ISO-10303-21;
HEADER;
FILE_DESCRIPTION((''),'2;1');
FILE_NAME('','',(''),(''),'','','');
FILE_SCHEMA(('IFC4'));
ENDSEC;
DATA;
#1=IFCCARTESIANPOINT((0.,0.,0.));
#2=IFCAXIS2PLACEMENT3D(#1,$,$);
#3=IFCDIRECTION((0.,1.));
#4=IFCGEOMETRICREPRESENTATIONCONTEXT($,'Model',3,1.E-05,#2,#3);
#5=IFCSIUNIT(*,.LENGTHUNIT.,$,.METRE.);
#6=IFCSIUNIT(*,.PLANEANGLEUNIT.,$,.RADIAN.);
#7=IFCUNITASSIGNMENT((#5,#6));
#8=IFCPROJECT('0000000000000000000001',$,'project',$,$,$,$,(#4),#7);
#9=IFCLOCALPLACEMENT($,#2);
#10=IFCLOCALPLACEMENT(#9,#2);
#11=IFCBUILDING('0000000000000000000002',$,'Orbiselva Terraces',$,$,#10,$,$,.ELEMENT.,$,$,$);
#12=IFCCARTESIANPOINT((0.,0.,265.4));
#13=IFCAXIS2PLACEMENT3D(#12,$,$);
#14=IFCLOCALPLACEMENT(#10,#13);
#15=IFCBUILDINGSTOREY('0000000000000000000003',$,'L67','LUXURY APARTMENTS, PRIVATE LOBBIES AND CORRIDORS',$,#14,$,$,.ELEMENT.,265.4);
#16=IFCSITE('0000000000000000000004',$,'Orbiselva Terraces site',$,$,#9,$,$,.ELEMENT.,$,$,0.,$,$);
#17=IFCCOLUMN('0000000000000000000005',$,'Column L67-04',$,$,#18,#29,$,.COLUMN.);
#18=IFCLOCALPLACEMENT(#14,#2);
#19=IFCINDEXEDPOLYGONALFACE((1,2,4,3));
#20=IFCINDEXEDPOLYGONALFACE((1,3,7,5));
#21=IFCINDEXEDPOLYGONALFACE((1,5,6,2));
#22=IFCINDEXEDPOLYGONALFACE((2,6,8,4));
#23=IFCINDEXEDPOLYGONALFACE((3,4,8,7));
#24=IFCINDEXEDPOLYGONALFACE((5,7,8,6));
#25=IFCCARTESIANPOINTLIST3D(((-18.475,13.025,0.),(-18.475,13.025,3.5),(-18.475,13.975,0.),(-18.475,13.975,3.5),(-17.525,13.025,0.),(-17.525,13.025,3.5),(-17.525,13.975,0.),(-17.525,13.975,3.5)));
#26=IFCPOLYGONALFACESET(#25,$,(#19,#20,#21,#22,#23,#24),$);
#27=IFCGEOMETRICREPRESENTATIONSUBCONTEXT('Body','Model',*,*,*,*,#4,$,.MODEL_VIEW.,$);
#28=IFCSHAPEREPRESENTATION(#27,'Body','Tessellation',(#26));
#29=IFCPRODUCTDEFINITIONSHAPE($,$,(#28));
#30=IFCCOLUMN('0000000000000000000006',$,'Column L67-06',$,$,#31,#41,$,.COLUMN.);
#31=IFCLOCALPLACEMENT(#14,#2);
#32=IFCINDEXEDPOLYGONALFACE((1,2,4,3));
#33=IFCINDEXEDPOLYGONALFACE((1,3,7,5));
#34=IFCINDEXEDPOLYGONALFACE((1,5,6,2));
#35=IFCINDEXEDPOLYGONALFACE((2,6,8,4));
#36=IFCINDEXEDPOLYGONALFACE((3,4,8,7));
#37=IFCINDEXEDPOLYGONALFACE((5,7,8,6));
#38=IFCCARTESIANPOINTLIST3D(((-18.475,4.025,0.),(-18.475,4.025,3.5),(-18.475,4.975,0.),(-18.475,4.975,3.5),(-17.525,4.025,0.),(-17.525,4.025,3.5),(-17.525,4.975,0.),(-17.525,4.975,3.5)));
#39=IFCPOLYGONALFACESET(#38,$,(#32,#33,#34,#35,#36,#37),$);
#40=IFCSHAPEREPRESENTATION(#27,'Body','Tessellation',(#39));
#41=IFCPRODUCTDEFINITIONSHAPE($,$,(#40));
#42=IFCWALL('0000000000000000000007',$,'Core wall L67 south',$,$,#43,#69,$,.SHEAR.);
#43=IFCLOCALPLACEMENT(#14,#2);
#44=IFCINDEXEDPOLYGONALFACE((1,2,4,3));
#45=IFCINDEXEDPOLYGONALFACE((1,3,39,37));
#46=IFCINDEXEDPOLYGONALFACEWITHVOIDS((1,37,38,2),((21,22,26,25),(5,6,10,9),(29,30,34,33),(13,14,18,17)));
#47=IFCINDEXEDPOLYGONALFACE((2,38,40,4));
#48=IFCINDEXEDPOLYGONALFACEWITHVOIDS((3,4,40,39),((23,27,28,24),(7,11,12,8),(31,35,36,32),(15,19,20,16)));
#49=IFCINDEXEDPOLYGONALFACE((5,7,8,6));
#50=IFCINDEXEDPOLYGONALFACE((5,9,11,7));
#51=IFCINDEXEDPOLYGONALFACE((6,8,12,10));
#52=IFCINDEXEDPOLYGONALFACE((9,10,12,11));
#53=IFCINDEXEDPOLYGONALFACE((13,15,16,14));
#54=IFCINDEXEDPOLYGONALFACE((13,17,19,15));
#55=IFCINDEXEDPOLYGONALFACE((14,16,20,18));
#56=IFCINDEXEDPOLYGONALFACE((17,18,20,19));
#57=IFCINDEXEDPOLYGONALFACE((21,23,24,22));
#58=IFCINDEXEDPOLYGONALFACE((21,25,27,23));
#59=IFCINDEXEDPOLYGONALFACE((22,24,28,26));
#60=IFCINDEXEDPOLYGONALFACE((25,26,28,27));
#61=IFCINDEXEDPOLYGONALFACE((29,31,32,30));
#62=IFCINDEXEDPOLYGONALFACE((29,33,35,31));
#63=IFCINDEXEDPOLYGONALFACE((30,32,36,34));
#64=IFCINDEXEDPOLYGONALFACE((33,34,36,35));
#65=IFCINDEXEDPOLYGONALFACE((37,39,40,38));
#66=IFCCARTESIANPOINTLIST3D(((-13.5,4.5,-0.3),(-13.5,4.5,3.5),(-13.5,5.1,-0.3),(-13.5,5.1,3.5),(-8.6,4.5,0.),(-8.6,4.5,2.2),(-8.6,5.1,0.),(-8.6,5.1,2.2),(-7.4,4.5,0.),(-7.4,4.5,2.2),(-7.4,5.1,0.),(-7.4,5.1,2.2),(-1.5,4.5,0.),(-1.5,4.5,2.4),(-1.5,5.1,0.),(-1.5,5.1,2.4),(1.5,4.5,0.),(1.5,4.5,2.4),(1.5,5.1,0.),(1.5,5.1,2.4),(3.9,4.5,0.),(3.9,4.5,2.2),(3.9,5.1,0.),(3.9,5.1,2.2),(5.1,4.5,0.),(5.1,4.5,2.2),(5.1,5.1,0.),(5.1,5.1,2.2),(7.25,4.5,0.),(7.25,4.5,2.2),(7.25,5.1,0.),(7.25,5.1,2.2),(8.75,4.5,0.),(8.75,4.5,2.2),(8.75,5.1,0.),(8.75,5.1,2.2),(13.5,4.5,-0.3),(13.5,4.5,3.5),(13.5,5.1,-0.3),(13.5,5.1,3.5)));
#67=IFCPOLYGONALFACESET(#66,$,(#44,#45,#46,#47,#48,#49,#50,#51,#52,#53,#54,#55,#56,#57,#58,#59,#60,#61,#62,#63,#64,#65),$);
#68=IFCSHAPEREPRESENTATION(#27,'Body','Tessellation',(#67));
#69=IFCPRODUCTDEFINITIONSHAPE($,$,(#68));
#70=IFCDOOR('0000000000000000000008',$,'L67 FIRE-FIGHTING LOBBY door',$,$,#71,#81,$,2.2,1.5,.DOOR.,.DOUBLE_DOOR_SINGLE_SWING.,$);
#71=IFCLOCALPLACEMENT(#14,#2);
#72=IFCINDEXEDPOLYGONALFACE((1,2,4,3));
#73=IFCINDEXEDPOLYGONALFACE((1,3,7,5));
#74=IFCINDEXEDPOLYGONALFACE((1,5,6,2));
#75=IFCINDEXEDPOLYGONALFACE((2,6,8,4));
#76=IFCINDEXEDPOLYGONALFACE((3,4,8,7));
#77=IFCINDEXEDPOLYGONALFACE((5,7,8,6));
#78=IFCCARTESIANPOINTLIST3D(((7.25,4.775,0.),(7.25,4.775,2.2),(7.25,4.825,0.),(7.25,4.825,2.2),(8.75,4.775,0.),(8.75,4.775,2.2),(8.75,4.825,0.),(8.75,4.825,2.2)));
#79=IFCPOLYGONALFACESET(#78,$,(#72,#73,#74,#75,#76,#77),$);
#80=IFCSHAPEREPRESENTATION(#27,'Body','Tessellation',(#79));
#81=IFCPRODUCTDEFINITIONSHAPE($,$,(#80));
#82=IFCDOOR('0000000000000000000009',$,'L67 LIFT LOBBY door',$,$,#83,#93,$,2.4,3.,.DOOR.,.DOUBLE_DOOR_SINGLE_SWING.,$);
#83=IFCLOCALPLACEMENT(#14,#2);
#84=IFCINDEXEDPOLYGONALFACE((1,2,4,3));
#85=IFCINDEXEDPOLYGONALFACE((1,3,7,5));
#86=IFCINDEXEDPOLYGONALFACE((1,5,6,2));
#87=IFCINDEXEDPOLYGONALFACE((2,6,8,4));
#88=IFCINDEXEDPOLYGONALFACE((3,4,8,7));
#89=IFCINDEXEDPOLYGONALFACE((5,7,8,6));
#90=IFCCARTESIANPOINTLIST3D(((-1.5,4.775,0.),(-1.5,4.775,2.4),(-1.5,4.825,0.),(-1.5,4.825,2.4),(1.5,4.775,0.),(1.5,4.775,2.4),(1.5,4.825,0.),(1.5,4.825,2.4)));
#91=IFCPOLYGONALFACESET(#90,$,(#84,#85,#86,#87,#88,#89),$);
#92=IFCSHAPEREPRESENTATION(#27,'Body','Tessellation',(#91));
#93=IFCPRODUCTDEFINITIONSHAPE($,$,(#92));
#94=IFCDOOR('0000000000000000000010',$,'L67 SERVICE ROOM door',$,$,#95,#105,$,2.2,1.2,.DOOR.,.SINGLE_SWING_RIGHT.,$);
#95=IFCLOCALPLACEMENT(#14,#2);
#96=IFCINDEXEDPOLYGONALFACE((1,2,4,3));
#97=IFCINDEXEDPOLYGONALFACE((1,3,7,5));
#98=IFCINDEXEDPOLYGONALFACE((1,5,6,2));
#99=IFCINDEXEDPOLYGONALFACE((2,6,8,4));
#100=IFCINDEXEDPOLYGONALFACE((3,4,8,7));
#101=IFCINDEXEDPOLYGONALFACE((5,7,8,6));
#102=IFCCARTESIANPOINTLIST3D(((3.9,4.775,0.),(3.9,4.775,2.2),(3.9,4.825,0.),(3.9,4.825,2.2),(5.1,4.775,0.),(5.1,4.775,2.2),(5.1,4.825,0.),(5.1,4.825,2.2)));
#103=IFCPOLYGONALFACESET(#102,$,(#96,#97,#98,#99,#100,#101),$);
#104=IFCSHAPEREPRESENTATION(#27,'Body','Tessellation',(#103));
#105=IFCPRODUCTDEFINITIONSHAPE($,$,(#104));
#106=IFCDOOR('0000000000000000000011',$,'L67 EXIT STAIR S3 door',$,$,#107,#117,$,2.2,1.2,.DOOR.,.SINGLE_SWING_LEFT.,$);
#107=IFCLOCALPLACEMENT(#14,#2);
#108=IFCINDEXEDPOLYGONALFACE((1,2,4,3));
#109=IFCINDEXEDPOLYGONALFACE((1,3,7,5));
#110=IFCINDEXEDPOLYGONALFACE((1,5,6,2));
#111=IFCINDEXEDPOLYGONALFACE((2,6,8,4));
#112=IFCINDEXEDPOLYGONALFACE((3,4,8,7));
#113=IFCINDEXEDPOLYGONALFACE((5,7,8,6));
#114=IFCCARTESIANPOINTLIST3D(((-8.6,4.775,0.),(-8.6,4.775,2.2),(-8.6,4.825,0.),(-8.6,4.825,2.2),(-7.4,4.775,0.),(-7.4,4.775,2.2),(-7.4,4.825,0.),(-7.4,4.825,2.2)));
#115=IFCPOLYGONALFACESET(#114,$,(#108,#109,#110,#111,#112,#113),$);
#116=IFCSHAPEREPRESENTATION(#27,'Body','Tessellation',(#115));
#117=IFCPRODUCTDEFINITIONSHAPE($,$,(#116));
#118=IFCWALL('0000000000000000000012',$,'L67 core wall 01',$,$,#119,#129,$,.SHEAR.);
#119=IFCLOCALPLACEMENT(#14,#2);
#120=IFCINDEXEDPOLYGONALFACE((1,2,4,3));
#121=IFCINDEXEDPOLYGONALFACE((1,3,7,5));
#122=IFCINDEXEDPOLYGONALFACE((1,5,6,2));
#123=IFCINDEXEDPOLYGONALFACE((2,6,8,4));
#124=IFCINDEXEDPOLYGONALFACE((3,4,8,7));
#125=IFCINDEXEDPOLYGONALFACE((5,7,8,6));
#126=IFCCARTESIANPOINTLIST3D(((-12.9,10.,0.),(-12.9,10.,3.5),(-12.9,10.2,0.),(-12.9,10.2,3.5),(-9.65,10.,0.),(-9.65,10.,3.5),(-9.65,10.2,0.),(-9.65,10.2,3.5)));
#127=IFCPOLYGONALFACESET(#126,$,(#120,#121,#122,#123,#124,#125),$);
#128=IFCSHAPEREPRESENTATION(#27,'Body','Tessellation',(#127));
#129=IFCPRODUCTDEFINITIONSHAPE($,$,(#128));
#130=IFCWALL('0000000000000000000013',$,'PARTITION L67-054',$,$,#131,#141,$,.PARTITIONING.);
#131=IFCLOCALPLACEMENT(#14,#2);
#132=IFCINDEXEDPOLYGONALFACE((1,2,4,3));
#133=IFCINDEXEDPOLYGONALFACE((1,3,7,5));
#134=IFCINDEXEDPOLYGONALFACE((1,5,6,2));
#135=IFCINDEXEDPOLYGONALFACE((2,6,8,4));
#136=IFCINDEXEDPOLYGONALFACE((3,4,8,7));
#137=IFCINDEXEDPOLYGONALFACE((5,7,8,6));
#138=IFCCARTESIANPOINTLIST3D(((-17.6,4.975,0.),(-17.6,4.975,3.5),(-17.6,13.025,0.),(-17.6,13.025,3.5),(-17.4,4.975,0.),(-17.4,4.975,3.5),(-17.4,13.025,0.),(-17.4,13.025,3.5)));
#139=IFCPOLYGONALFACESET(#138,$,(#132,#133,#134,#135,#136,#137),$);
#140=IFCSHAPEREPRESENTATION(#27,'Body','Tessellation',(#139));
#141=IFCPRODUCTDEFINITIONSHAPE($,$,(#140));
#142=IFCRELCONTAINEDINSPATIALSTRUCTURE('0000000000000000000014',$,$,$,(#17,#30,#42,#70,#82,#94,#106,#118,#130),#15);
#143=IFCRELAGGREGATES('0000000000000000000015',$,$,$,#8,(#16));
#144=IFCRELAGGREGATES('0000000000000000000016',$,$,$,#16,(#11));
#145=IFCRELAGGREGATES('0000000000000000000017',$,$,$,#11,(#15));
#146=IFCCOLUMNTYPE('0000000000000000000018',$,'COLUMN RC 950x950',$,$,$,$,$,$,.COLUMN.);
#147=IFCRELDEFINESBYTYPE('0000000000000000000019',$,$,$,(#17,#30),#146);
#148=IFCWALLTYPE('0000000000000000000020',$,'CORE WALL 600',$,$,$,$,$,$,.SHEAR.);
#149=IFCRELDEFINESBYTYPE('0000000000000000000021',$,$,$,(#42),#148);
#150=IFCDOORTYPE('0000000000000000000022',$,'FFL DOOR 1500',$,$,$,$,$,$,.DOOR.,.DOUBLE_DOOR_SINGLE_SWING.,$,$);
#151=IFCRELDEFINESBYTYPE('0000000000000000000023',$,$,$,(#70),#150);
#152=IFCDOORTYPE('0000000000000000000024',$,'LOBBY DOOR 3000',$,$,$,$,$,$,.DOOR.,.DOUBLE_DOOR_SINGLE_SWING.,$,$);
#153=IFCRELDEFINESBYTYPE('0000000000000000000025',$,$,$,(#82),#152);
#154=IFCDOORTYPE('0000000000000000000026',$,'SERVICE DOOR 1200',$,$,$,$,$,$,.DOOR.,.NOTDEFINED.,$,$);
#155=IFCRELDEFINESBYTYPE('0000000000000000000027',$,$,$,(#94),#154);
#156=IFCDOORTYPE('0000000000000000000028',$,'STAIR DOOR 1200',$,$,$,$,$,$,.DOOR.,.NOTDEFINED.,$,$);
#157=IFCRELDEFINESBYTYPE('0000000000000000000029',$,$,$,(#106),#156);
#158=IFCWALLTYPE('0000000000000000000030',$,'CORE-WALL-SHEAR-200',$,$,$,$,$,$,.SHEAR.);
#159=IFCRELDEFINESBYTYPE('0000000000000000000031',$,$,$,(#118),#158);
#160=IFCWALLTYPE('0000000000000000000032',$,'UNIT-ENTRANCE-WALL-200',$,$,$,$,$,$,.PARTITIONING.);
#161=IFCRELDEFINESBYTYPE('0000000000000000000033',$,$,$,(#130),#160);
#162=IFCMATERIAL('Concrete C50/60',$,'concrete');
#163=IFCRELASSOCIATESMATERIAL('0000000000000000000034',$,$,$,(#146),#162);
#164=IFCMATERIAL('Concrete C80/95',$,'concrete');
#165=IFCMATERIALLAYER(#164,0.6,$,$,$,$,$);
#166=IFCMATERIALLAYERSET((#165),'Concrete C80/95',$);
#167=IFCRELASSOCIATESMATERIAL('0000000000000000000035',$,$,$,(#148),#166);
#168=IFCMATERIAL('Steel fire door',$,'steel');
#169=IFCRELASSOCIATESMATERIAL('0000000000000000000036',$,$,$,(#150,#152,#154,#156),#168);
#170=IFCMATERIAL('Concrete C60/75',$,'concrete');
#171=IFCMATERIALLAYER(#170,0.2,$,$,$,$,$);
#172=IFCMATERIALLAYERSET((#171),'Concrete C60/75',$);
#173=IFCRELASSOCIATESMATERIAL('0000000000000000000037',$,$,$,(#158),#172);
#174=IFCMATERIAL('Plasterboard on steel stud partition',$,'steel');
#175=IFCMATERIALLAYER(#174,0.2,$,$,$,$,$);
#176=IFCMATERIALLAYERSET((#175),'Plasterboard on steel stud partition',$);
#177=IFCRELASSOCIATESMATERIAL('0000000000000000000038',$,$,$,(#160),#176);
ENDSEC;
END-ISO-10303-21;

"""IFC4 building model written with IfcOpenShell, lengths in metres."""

from ifc_helpers import new_model, si_unit, direction, frame, frame_2d, origin, origin_2d, place, context, subcontext, project, spatial, rectangle, extrude, material, layer, layer_set, material_profile, profile_set, type_object, element, fill, save


model = new_model("IFC4")

# Units and contexts
model_context = context("Model", 3, precision=1e-05, world=origin(), true_north=direction((0.0, 1.0)))
body_context = subcontext(model_context, "Body", "Model", "MODEL_VIEW")
ifc_project = project(units=[si_unit("LENGTHUNIT", "METRE"), si_unit("PLANEANGLEUNIT", "RADIAN")], contexts=[model_context])

# Site, building, storey
site_placement = place(None, origin())
site = spatial("IfcSite", under=ifc_project, at=site_placement, Name="Orbiselva Terraces site", CompositionType="ELEMENT", RefElevation=0.0)
building_placement = place(site_placement, origin())
building = spatial("IfcBuilding", under=site, at=building_placement, Name="Orbiselva Terraces", CompositionType="ELEMENT")
storey_placement = place(building_placement, frame((0.0, 0.0, 265.4)))
storey = spatial("IfcBuildingStorey", under=building, at=storey_placement, Name="L67", Description="LUXURY APARTMENTS, PRIVATE LOBBIES AND CORRIDORS", CompositionType="ELEMENT", Elevation=265.4)

# Columns
ifc_material_1 = material(Name="Concrete C50/60", Category="concrete")
ifc_material_profile = material_profile(ifc_material_1, rectangle(XDim=0.95, YDim=0.95, at=origin_2d()), Name="RC 950x950")
ifc_profile_set = profile_set([ifc_material_profile], Name="Concrete C50/60")
column_type = type_object("IfcColumnType", Name="COLUMN RC 950x950", PredefinedType="COLUMN", material=ifc_profile_set)
for number, where, z_axis, x_axis, name in (
    (1, (-18.0, 13.5, 0.0), (0.0, 0.0, 1.0), (1.0, 0.0, 0.0), "Column L67-04"),
    (2, (-18.0, 4.5, 0.0), (0.0, 0.0, 1.0), (1.0, 0.0, 0.0), "Column L67-06"),
):
    element("IfcColumn", number, at=place(storey_placement, frame(where, z_axis=z_axis, x_axis=x_axis)), inside=storey, type_object=column_type, Name=name, PredefinedType="COLUMN", context=body_context, shape_type="SweptSolid", body=[
        extrude(rectangle(XDim=0.95, YDim=0.95, at=origin_2d()), origin(), (0.0, 0.0, 1.0), 3.5),
    ])

# Wall, openings, doors
ifc_material_2 = material(Name="Concrete C80/95", Category="concrete")
ifc_layer_1 = layer(ifc_material_2, 0.6)
ifc_layer_set_1 = layer_set([ifc_layer_1], Name="Concrete C80/95")
wall_type_1 = type_object("IfcWallType", Name="CORE WALL 600", PredefinedType="SHEAR", material=ifc_layer_set_1)
wall_1_placement = place(storey_placement, frame((-13.5, 4.8, -0.3), z_axis=(0.0, 0.0, 1.0), x_axis=(1.0, 0.0, 0.0)))
wall_1 = element("IfcWall", 3, at=wall_1_placement, inside=storey, type_object=wall_type_1, Name="Core wall L67 south", PredefinedType="SHEAR", context=body_context, shape_type="SweptSolid", body=[
    extrude(rectangle(XDim=27.0, YDim=0.6, at=frame_2d((13.5, 0.0))), origin(), (0.0, 0.0, 1.0), 3.8),
])
opening_1_placement = place(wall_1_placement, frame((12.0, 0.0, 0.3)))
opening_1 = element("IfcOpeningElement", 4, at=opening_1_placement, cuts=wall_1, PredefinedType="OPENING", context=body_context, shape_type="SweptSolid", body=[
    extrude(rectangle(XDim=3.0, YDim=2.4, at=frame_2d((1.5, 1.2))), frame((0.0, 0.31, 0.0), z_axis=(0.0, -1.0, 0.0), x_axis=(1.0, 0.0, 0.0)), (0.0, 0.0, 1.0), 0.62),
])
opening_2_placement = place(wall_1_placement, frame((4.9, 0.0, 0.3)))
opening_2 = element("IfcOpeningElement", 5, at=opening_2_placement, cuts=wall_1, PredefinedType="OPENING", context=body_context, shape_type="SweptSolid", body=[
    extrude(rectangle(XDim=1.2, YDim=2.2, at=frame_2d((0.6, 1.1))), frame((0.0, 0.31, 0.0), z_axis=(0.0, -1.0, 0.0), x_axis=(1.0, 0.0, 0.0)), (0.0, 0.0, 1.0), 0.62),
])
opening_3_placement = place(wall_1_placement, frame((20.75, 0.0, 0.3)))
opening_3 = element("IfcOpeningElement", 6, at=opening_3_placement, cuts=wall_1, PredefinedType="OPENING", context=body_context, shape_type="SweptSolid", body=[
    extrude(rectangle(XDim=1.5, YDim=2.2, at=frame_2d((0.75, 1.1))), frame((0.0, 0.31, 0.0), z_axis=(0.0, -1.0, 0.0), x_axis=(1.0, 0.0, 0.0)), (0.0, 0.0, 1.0), 0.62),
])
opening_4_placement = place(wall_1_placement, frame((17.4, 0.0, 0.3)))
opening_4 = element("IfcOpeningElement", 7, at=opening_4_placement, cuts=wall_1, PredefinedType="OPENING", context=body_context, shape_type="SweptSolid", body=[
    extrude(rectangle(XDim=1.2, YDim=2.2, at=frame_2d((0.6, 1.1))), frame((0.0, 0.31, 0.0), z_axis=(0.0, -1.0, 0.0), x_axis=(1.0, 0.0, 0.0)), (0.0, 0.0, 1.0), 0.62),
])
ifc_material_3 = material(Name="Steel fire door", Category="steel")
door_type_1 = type_object("IfcDoorType", Name="FFL DOOR 1500", OperationType="DOUBLE_DOOR_SINGLE_SWING", PredefinedType="DOOR", material=ifc_material_3)
door_1_placement = place(opening_3_placement, frame((1.5, 0.0, 0.0), z_axis=(0.0, 0.0, 1.0), x_axis=(-1.0, 0.0, 0.0)))
door_1 = element("IfcDoor", 8, at=door_1_placement, inside=storey, type_object=door_type_1, Name="L67 FIRE-FIGHTING LOBBY door", OperationType="DOUBLE_DOOR_SINGLE_SWING", OverallHeight=2.2, OverallWidth=1.5, PredefinedType="DOOR", context=body_context, shape_type="SweptSolid", body=[
    extrude(rectangle(XDim=1.5, YDim=2.2, at=frame_2d((0.75, 1.1))), frame((0.0, 0.025, 0.0), z_axis=(0.0, -1.0, 0.0), x_axis=(1.0, 0.0, 0.0)), (0.0, 0.0, 1.0), 0.05),
])
fill(opening_3, door_1)
door_type_2 = type_object("IfcDoorType", Name="LOBBY DOOR 3000", OperationType="DOUBLE_DOOR_SINGLE_SWING", PredefinedType="DOOR", material=ifc_material_3)
door_2_placement = place(opening_1_placement, frame((3.0, 0.0, 0.0), z_axis=(0.0, 0.0, 1.0), x_axis=(-1.0, 0.0, 0.0)))
door_2 = element("IfcDoor", 9, at=door_2_placement, inside=storey, type_object=door_type_2, Name="L67 LIFT LOBBY door", OperationType="DOUBLE_DOOR_SINGLE_SWING", OverallHeight=2.4, OverallWidth=3.0, PredefinedType="DOOR", context=body_context, shape_type="SweptSolid", body=[
    extrude(rectangle(XDim=3.0, YDim=2.4, at=frame_2d((1.5, 1.2))), frame((0.0, 0.025, 0.0), z_axis=(0.0, -1.0, 0.0), x_axis=(1.0, 0.0, 0.0)), (0.0, 0.0, 1.0), 0.05),
])
fill(opening_1, door_2)
door_type_3 = type_object("IfcDoorType", Name="SERVICE DOOR 1200", OperationType="NOTDEFINED", PredefinedType="DOOR", material=ifc_material_3)
door_3_placement = place(opening_4_placement, frame((1.2, 0.0, 0.0), z_axis=(0.0, 0.0, 1.0), x_axis=(-1.0, 0.0, 0.0)))
door_3 = element("IfcDoor", 10, at=door_3_placement, inside=storey, type_object=door_type_3, Name="L67 SERVICE ROOM door", OperationType="SINGLE_SWING_RIGHT", OverallHeight=2.2, OverallWidth=1.2, PredefinedType="DOOR", context=body_context, shape_type="SweptSolid", body=[
    extrude(rectangle(XDim=1.2, YDim=2.2, at=frame_2d((0.6, 1.1))), frame((0.0, 0.025, 0.0), z_axis=(0.0, -1.0, 0.0), x_axis=(1.0, 0.0, 0.0)), (0.0, 0.0, 1.0), 0.05),
])
fill(opening_4, door_3)
door_type_4 = type_object("IfcDoorType", Name="STAIR DOOR 1200", OperationType="NOTDEFINED", PredefinedType="DOOR", material=ifc_material_3)
door_4_placement = place(opening_2_placement, frame((1.2, 0.0, 0.0), z_axis=(0.0, 0.0, 1.0), x_axis=(-1.0, 0.0, 0.0)))
door_4 = element("IfcDoor", 11, at=door_4_placement, inside=storey, type_object=door_type_4, Name="L67 EXIT STAIR S3 door", OperationType="SINGLE_SWING_LEFT", OverallHeight=2.2, OverallWidth=1.2, PredefinedType="DOOR", context=body_context, shape_type="SweptSolid", body=[
    extrude(rectangle(XDim=1.2, YDim=2.2, at=frame_2d((0.6, 1.1))), frame((0.0, 0.025, 0.0), z_axis=(0.0, -1.0, 0.0), x_axis=(1.0, 0.0, 0.0)), (0.0, 0.0, 1.0), 0.05),
])
fill(opening_2, door_4)

# Walls
ifc_material_4 = material(Name="Concrete C60/75", Category="concrete")
ifc_layer_2 = layer(ifc_material_4, 0.2)
ifc_layer_set_2 = layer_set([ifc_layer_2], Name="Concrete C60/75")
wall_type_2 = type_object("IfcWallType", Name="CORE-WALL-SHEAR-200", PredefinedType="SHEAR", material=ifc_layer_set_2)
wall_2_placement = place(storey_placement, frame((-12.9, 10.1, 0.0), z_axis=(0.0, 0.0, 1.0), x_axis=(1.0, 0.0, 0.0)))
element("IfcWall", 12, at=wall_2_placement, inside=storey, type_object=wall_type_2, Name="L67 core wall 01", PredefinedType="SHEAR", context=body_context, shape_type="SweptSolid", body=[
    extrude(rectangle(XDim=3.25, YDim=0.2, at=frame_2d((1.625, 0.0))), origin(), (0.0, 0.0, 1.0), 3.5),
])
ifc_material_5 = material(Name="Plasterboard on steel stud partition", Category="steel")
ifc_layer_3 = layer(ifc_material_5, 0.2)
ifc_layer_set_3 = layer_set([ifc_layer_3], Name="Plasterboard on steel stud partition")
wall_type_3 = type_object("IfcWallType", Name="UNIT-ENTRANCE-WALL-200", PredefinedType="PARTITIONING", material=ifc_layer_set_3)
wall_3_placement = place(storey_placement, frame((-17.5, 4.975, 0.0), z_axis=(0.0, 0.0, 1.0), x_axis=(0.0, 1.0, 0.0)))
element("IfcWall", 13, at=wall_3_placement, inside=storey, type_object=wall_type_3, Name="PARTITION L67-054", PredefinedType="PARTITIONING", context=body_context, shape_type="SweptSolid", body=[
    extrude(rectangle(XDim=8.05, YDim=0.2, at=frame_2d((4.025, 0.0))), origin(), (0.0, 0.0, 1.0), 3.5),
])

save(model, "model.ifc")
